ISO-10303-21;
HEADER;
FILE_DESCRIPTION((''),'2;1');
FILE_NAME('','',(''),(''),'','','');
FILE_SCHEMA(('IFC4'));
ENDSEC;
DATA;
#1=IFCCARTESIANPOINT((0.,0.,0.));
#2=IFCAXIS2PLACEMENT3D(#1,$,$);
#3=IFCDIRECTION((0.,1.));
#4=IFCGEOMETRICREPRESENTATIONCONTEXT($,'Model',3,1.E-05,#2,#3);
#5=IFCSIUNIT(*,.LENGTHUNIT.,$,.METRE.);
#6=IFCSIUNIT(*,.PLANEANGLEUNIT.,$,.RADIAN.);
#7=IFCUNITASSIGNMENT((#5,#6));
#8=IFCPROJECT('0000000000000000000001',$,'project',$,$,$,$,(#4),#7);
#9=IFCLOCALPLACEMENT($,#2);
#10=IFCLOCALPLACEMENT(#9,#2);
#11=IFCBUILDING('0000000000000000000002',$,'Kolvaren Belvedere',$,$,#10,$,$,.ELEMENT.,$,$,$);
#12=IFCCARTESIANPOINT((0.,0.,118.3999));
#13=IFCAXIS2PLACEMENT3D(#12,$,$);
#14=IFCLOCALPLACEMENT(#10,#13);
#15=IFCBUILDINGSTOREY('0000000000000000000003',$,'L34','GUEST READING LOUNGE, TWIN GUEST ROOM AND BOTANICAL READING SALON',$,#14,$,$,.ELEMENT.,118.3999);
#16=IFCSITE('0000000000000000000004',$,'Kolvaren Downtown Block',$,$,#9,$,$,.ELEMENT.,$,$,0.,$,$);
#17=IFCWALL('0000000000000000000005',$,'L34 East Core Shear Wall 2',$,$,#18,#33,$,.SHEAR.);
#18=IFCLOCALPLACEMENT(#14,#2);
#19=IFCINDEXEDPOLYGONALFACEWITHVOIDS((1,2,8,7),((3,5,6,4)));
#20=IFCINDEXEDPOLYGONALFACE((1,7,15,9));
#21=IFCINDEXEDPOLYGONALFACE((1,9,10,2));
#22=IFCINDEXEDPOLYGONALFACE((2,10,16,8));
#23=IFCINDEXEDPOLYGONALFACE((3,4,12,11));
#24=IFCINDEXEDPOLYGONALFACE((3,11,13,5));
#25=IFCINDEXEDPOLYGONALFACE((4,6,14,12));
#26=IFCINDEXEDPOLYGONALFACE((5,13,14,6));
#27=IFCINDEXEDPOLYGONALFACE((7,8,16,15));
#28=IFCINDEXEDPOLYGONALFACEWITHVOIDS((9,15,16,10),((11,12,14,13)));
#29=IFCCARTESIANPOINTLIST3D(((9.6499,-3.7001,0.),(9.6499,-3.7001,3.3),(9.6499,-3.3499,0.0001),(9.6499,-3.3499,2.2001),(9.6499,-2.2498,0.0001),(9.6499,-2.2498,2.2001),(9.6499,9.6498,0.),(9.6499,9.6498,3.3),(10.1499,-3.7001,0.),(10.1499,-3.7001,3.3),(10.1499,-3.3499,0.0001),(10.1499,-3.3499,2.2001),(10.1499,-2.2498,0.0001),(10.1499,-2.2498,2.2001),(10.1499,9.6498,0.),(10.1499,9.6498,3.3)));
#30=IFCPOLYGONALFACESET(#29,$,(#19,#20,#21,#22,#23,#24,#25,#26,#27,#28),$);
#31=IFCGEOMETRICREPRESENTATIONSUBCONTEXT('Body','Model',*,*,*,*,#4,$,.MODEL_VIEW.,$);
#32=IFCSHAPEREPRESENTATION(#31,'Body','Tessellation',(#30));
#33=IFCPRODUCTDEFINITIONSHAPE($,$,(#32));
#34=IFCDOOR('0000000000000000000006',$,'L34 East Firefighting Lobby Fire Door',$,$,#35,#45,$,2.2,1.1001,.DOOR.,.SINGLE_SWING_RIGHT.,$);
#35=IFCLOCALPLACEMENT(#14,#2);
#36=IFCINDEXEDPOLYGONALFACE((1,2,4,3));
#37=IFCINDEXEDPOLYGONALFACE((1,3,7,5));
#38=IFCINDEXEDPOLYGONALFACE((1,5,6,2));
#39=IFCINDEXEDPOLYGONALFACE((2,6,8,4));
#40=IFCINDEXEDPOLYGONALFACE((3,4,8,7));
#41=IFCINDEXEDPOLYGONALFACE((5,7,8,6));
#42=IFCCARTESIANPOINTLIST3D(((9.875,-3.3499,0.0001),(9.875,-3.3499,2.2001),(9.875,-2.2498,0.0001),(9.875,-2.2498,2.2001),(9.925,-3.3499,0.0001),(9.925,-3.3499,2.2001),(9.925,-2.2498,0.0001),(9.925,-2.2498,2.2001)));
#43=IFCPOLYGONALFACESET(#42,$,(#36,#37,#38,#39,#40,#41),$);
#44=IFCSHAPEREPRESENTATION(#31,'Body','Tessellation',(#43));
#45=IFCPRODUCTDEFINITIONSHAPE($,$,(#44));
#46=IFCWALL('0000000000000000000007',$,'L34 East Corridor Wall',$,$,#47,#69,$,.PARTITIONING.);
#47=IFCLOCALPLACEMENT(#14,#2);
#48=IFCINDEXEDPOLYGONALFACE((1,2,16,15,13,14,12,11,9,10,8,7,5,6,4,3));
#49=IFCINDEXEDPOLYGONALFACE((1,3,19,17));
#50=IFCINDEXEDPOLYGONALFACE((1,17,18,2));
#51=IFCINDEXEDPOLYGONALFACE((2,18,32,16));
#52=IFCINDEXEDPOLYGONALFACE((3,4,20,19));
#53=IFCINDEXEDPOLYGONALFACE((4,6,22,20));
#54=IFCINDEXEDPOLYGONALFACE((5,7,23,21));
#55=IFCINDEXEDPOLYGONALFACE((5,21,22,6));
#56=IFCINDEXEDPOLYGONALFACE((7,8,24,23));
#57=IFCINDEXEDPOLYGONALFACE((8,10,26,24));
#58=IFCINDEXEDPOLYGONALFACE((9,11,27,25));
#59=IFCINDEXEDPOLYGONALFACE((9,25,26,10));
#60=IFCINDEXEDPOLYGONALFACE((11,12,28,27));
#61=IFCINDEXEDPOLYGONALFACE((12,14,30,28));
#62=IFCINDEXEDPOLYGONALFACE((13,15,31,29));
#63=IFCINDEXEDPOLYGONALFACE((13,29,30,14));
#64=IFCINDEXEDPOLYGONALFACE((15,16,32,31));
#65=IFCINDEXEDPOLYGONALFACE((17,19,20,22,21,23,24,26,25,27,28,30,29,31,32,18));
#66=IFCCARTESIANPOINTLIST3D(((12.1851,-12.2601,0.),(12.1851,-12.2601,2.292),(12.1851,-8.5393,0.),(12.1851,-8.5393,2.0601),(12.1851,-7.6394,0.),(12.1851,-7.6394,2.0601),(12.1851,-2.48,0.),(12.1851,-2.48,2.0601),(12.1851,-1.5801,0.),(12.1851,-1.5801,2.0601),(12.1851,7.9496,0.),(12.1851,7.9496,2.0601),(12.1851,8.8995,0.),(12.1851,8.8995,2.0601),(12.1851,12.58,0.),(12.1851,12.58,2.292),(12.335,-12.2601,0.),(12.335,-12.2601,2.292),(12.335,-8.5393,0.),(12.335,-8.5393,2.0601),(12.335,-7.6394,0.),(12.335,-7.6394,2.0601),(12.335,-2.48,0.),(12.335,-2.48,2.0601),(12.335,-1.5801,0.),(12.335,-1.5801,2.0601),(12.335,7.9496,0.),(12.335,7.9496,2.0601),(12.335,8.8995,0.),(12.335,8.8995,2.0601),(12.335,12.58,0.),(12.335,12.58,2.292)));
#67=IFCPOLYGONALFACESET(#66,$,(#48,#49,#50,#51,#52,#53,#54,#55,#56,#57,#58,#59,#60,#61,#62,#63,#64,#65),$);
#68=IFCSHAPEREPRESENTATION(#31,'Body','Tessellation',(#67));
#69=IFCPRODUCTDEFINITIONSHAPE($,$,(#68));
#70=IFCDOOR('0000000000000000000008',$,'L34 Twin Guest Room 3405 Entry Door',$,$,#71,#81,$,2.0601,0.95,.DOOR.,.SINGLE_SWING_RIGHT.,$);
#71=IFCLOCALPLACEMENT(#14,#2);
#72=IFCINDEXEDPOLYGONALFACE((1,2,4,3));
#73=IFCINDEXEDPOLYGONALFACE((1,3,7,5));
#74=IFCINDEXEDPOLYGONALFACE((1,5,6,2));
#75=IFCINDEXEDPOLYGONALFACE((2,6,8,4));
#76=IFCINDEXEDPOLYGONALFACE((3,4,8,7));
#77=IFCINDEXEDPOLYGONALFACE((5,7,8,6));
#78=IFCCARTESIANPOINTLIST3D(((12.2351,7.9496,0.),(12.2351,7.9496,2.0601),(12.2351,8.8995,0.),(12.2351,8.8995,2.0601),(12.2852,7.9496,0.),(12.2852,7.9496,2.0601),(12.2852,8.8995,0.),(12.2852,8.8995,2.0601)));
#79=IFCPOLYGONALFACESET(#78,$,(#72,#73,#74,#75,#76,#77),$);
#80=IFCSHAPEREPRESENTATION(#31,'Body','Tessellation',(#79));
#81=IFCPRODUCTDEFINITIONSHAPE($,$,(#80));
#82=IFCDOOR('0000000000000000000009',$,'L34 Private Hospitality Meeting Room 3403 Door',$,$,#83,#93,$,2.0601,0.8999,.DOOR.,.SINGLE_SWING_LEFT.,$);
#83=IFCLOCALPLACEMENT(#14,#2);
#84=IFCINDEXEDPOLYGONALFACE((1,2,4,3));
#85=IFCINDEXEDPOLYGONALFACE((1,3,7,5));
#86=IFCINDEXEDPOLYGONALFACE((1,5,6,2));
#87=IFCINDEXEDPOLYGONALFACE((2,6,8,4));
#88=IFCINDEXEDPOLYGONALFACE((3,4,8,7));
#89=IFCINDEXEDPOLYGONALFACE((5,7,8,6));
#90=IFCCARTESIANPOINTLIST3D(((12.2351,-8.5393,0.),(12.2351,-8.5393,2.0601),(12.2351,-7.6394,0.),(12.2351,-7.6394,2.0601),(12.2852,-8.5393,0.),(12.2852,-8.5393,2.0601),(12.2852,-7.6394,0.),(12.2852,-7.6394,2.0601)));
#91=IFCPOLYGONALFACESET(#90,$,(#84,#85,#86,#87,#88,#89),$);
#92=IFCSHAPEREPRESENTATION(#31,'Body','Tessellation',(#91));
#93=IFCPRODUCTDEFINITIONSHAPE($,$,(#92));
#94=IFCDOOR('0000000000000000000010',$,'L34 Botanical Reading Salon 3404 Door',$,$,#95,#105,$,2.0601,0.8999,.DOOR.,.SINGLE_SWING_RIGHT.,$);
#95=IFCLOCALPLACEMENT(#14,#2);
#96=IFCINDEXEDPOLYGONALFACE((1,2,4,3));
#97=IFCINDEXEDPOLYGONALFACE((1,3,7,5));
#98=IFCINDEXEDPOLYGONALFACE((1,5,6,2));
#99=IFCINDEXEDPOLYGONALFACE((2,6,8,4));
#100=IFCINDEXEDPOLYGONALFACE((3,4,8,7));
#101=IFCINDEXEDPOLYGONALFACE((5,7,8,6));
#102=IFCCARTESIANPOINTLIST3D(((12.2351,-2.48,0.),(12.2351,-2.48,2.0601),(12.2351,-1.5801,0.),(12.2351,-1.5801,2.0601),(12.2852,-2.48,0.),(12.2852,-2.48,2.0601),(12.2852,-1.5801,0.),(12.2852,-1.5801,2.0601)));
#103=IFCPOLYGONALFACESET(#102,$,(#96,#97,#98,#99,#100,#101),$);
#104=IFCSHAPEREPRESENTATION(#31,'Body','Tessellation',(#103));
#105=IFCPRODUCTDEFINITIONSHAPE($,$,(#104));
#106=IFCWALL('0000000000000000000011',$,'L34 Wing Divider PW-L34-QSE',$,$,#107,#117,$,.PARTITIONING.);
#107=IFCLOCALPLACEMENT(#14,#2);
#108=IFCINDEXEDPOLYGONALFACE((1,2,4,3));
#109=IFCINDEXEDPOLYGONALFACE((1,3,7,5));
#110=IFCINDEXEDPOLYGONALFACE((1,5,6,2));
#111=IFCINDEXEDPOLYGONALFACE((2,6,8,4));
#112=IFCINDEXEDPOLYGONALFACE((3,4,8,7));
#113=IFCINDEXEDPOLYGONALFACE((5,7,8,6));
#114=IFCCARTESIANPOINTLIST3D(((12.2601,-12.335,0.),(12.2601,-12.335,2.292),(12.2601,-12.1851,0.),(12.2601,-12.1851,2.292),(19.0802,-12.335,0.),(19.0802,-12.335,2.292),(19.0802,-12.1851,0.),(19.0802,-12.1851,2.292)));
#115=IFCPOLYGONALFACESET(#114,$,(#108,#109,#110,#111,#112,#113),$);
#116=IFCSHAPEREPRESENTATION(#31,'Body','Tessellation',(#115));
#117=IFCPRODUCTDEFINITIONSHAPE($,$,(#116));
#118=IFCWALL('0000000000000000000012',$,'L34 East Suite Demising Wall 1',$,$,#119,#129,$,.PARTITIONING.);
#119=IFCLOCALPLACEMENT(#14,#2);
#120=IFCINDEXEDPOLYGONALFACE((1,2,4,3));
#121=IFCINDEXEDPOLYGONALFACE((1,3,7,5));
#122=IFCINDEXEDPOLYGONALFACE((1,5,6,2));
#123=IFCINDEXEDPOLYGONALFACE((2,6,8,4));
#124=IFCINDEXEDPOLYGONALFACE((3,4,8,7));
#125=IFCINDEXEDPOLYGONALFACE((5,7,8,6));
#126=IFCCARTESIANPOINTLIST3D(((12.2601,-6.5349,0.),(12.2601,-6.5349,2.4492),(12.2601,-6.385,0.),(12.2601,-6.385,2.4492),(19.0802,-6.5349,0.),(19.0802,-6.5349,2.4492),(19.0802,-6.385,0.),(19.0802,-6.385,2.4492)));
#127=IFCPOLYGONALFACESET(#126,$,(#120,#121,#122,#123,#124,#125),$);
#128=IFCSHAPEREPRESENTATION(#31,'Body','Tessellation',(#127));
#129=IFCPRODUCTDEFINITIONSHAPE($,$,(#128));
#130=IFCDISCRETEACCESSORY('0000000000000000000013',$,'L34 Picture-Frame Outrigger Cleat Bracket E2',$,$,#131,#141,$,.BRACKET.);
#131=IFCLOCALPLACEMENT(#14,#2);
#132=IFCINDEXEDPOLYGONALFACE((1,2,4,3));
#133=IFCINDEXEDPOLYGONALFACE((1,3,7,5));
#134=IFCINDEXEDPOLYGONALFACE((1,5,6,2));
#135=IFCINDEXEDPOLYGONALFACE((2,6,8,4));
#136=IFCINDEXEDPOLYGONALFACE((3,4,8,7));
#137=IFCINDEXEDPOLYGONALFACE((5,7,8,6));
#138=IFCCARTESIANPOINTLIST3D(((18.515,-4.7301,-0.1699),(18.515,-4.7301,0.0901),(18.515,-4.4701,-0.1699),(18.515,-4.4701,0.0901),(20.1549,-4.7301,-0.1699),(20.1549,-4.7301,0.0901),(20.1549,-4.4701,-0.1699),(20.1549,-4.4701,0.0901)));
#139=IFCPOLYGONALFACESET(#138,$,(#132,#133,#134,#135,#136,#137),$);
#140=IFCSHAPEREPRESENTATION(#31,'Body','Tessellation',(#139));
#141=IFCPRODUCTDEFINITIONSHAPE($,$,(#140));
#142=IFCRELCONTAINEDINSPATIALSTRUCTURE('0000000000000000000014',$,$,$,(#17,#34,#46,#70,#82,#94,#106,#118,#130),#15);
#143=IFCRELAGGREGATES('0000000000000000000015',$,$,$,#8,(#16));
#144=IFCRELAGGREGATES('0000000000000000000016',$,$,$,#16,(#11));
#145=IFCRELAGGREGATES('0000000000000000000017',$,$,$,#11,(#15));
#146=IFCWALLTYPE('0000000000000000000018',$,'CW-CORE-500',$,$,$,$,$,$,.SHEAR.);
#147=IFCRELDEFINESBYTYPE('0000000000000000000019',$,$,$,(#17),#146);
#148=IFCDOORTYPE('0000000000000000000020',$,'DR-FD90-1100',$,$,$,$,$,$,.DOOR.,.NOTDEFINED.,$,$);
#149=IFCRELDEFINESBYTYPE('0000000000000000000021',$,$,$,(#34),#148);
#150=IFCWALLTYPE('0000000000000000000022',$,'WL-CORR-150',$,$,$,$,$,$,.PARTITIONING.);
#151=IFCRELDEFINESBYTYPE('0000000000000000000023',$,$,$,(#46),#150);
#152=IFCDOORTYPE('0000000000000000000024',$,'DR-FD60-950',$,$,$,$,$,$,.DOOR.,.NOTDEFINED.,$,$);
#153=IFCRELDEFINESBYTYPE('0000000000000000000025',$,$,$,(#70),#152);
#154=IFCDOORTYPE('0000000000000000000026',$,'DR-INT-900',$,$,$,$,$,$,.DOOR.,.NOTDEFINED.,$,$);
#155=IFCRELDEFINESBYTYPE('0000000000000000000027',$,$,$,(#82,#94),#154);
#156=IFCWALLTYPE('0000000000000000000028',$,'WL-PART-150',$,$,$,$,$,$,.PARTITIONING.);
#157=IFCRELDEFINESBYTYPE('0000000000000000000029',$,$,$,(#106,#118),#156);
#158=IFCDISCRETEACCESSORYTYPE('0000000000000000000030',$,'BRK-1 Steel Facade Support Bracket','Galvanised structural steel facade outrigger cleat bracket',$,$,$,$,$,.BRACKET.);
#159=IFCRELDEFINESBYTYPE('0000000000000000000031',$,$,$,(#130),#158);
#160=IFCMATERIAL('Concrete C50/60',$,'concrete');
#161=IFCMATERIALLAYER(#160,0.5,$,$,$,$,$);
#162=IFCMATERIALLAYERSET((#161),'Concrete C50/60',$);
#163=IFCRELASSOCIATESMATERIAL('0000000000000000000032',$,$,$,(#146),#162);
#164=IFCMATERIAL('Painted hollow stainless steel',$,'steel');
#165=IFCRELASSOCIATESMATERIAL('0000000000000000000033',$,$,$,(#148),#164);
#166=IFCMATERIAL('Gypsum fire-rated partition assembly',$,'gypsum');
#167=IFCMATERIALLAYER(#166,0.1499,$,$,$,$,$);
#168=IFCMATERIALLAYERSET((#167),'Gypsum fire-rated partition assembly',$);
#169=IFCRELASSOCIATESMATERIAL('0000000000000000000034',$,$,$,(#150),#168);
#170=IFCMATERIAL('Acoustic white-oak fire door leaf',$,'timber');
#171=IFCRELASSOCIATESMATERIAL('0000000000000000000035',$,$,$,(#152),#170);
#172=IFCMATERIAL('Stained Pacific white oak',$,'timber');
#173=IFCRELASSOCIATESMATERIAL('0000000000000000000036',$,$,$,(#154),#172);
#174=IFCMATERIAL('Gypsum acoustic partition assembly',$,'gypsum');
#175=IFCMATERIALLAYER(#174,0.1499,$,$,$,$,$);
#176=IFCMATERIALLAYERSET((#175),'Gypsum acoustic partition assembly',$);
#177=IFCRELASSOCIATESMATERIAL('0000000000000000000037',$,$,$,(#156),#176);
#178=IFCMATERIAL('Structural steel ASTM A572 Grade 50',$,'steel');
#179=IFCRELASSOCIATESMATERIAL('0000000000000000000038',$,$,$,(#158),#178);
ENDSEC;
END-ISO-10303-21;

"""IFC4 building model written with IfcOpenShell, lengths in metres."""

from ifc_helpers import new_model, si_unit, direction, frame, frame_2d, origin, origin_2d, place, context, subcontext, project, spatial, rectangle, extrude, material, layer, layer_set, type_object, element, fill, save


model = new_model("IFC4")

# Units and contexts
model_context = context("Model", 3, precision=1e-05, world=origin(), true_north=direction((0.0, 1.0)))
body_context = subcontext(model_context, "Body", "Model", "MODEL_VIEW")
ifc_project = project(units=[si_unit("LENGTHUNIT", "METRE"), si_unit("PLANEANGLEUNIT", "RADIAN")], contexts=[model_context])

# Site, building, storey
site_placement = place(None, origin())
site = spatial("IfcSite", under=ifc_project, at=site_placement, Name="Kolvaren Downtown Block", CompositionType="ELEMENT", RefElevation=0.0)
building_placement = place(site_placement, origin())
building = spatial("IfcBuilding", under=site, at=building_placement, Name="Kolvaren Belvedere", CompositionType="ELEMENT")
storey_placement = place(building_placement, frame((0.0, 0.0, 118.3999)))
storey = spatial("IfcBuildingStorey", under=building, at=storey_placement, Name="L34", Description="GUEST READING LOUNGE, TWIN GUEST ROOM AND BOTANICAL READING SALON", CompositionType="ELEMENT", Elevation=118.3999)

# Shared definitions
ifc_material_1 = material(Name="Concrete C50/60", Category="concrete")
ifc_layer_1 = layer(ifc_material_1, 0.5)
ifc_layer_set_1 = layer_set([ifc_layer_1], Name="Concrete C50/60")
wall_type_1 = type_object("IfcWallType", Name="CW-CORE-500", PredefinedType="SHEAR", material=ifc_layer_set_1)

# Wall, opening, door
wall_1_placement = place(storey_placement, frame((9.8999, -3.7, 0.0), z_axis=(0.0, 0.0, 1.0), x_axis=(0.0, 1.0, 0.0)))
wall_1 = element("IfcWall", 1, at=wall_1_placement, inside=storey, type_object=wall_type_1, Name="L34 East Core Shear Wall 2", PredefinedType="SHEAR", context=body_context, shape_type="SweptSolid", body=[
    extrude(rectangle(XDim=13.3499, YDim=0.5, at=frame_2d((6.6748, 0.0))), origin(), (0.0, 0.0, 1.0), 3.3),
])
opening_1_placement = place(wall_1_placement, frame((0.3501, 0.0, 0.0)))
opening_1 = element("IfcOpeningElement", 2, at=opening_1_placement, cuts=wall_1, PredefinedType="OPENING", context=body_context, shape_type="SweptSolid", body=[
    extrude(rectangle(XDim=1.1001, YDim=2.2, at=frame_2d((0.55, 1.1001))), frame((0.0, 0.26, 0.0), z_axis=(0.0, -1.0, 0.0), x_axis=(1.0, 0.0, 0.0)), (0.0, 0.0, 1.0), 0.52),
])
ifc_material_2 = material(Name="Painted hollow stainless steel", Category="steel")
door_type_1 = type_object("IfcDoorType", Name="DR-FD90-1100", OperationType="NOTDEFINED", PredefinedType="DOOR", material=ifc_material_2)
door_1_placement = place(opening_1_placement, origin())
door_1 = element("IfcDoor", 3, at=door_1_placement, inside=storey, type_object=door_type_1, Name="L34 East Firefighting Lobby Fire Door", OperationType="SINGLE_SWING_RIGHT", OverallHeight=2.2, OverallWidth=1.1001, PredefinedType="DOOR", context=body_context, shape_type="SweptSolid", body=[
    extrude(rectangle(XDim=1.1001, YDim=2.2, at=frame_2d((0.55, 1.1001))), frame((0.0, 0.0249, 0.0), z_axis=(0.0, -1.0, 0.0), x_axis=(1.0, 0.0, 0.0)), (0.0, 0.0, 1.0), 0.05),
])
fill(opening_1, door_1)

# Wall, openings, doors
ifc_material_3 = material(Name="Gypsum fire-rated partition assembly", Category="gypsum")
ifc_layer_2 = layer(ifc_material_3, 0.1499)
ifc_layer_set_2 = layer_set([ifc_layer_2], Name="Gypsum fire-rated partition assembly")
wall_type_2 = type_object("IfcWallType", Name="WL-CORR-150", PredefinedType="PARTITIONING", material=ifc_layer_set_2)
wall_2_placement = place(storey_placement, frame((12.26, -12.26, 0.0), z_axis=(0.0, 0.0, 1.0), x_axis=(0.0, 1.0, 0.0)))
wall_2 = element("IfcWall", 4, at=wall_2_placement, inside=storey, type_object=wall_type_2, Name="L34 East Corridor Wall", PredefinedType="PARTITIONING", context=body_context, shape_type="SweptSolid", body=[
    extrude(rectangle(XDim=24.8401, YDim=0.1499, at=frame_2d((12.4199, 0.0))), origin(), (0.0, 0.0, 1.0), 2.292),
])
opening_2_placement = place(wall_2_placement, frame((3.7207, 0.0, 0.0)))
opening_2 = element("IfcOpeningElement", 5, at=opening_2_placement, cuts=wall_2, PredefinedType="OPENING", context=body_context, shape_type="SweptSolid", body=[
    extrude(rectangle(XDim=0.8999, YDim=2.0601, at=frame_2d((0.45, 1.03))), frame((0.0, 0.085, 0.0), z_axis=(0.0, -1.0, 0.0), x_axis=(1.0, 0.0, 0.0)), (0.0, 0.0, 1.0), 0.1699),
])
opening_3_placement = place(wall_2_placement, frame((9.78, 0.0, 0.0)))
opening_3 = element("IfcOpeningElement", 6, at=opening_3_placement, cuts=wall_2, PredefinedType="OPENING", context=body_context, shape_type="SweptSolid", body=[
    extrude(rectangle(XDim=0.8999, YDim=2.0601, at=frame_2d((0.45, 1.03))), frame((0.0, 0.085, 0.0), z_axis=(0.0, -1.0, 0.0), x_axis=(1.0, 0.0, 0.0)), (0.0, 0.0, 1.0), 0.1699),
])
opening_4_placement = place(wall_2_placement, frame((20.2095, 0.0, 0.0)))
opening_4 = element("IfcOpeningElement", 7, at=opening_4_placement, cuts=wall_2, PredefinedType="OPENING", context=body_context, shape_type="SweptSolid", body=[
    extrude(rectangle(XDim=0.95, YDim=2.0601, at=frame_2d((0.4751, 1.03))), frame((0.0, 0.085, 0.0), z_axis=(0.0, -1.0, 0.0), x_axis=(1.0, 0.0, 0.0)), (0.0, 0.0, 1.0), 0.1699),
])
ifc_material_4 = material(Name="Acoustic white-oak fire door leaf", Category="timber")
door_type_2 = type_object("IfcDoorType", Name="DR-FD60-950", OperationType="NOTDEFINED", PredefinedType="DOOR", material=ifc_material_4)
door_2_placement = place(opening_4_placement, origin())
door_2 = element("IfcDoor", 8, at=door_2_placement, inside=storey, type_object=door_type_2, Name="L34 Twin Guest Room 3405 Entry Door", OperationType="SINGLE_SWING_RIGHT", OverallHeight=2.0601, OverallWidth=0.95, PredefinedType="DOOR", context=body_context, shape_type="SweptSolid", body=[
    extrude(rectangle(XDim=0.95, YDim=2.0601, at=frame_2d((0.4751, 1.03))), frame((0.0, 0.0249, 0.0), z_axis=(0.0, -1.0, 0.0), x_axis=(1.0, 0.0, 0.0)), (0.0, 0.0, 1.0), 0.05),
])
fill(opening_4, door_2)
ifc_material_5 = material(Name="Stained Pacific white oak", Category="timber")
door_type_3 = type_object("IfcDoorType", Name="DR-INT-900", OperationType="NOTDEFINED", PredefinedType="DOOR", material=ifc_material_5)
door_3_placement = place(opening_2_placement, origin())
door_3 = element("IfcDoor", 9, at=door_3_placement, inside=storey, type_object=door_type_3, Name="L34 Private Hospitality Meeting Room 3403 Door", OperationType="SINGLE_SWING_LEFT", OverallHeight=2.0601, OverallWidth=0.8999, PredefinedType="DOOR", context=body_context, shape_type="SweptSolid", body=[
    extrude(rectangle(XDim=0.8999, YDim=2.0601, at=frame_2d((0.45, 1.03))), frame((0.0, 0.0249, 0.0), z_axis=(0.0, -1.0, 0.0), x_axis=(1.0, 0.0, 0.0)), (0.0, 0.0, 1.0), 0.05),
])
fill(opening_2, door_3)
door_4_placement = place(opening_3_placement, origin())
door_4 = element("IfcDoor", 10, at=door_4_placement, inside=storey, type_object=door_type_3, Name="L34 Botanical Reading Salon 3404 Door", OperationType="SINGLE_SWING_RIGHT", OverallHeight=2.0601, OverallWidth=0.8999, PredefinedType="DOOR", context=body_context, shape_type="SweptSolid", body=[
    extrude(rectangle(XDim=0.8999, YDim=2.0601, at=frame_2d((0.45, 1.03))), frame((0.0, 0.0249, 0.0), z_axis=(0.0, -1.0, 0.0), x_axis=(1.0, 0.0, 0.0)), (0.0, 0.0, 1.0), 0.05),
])
fill(opening_3, door_4)

# Walls
ifc_material_6 = material(Name="Gypsum acoustic partition assembly", Category="gypsum")
ifc_layer_3 = layer(ifc_material_6, 0.1499)
ifc_layer_set_3 = layer_set([ifc_layer_3], Name="Gypsum acoustic partition assembly")
wall_type_3 = type_object("IfcWallType", Name="WL-PART-150", PredefinedType="PARTITIONING", material=ifc_layer_set_3)
wall_3_placement = place(storey_placement, frame((12.26, -12.26, 0.0), z_axis=(0.0, 0.0, 1.0), x_axis=(1.0, 0.0, 0.0)))
element("IfcWall", 11, at=wall_3_placement, inside=storey, type_object=wall_type_3, Name="L34 Wing Divider PW-L34-QSE", PredefinedType="PARTITIONING", context=body_context, shape_type="SweptSolid", body=[
    extrude(rectangle(XDim=6.8201, YDim=0.1499, at=frame_2d((3.4102, 0.0))), origin(), (0.0, 0.0, 1.0), 2.292),
])
wall_4_placement = place(storey_placement, frame((12.26, -6.46, 0.0), z_axis=(0.0, 0.0, 1.0), x_axis=(1.0, 0.0, 0.0)))
element("IfcWall", 12, at=wall_4_placement, inside=storey, type_object=wall_type_3, Name="L34 East Suite Demising Wall 1", PredefinedType="PARTITIONING", context=body_context, shape_type="SweptSolid", body=[
    extrude(rectangle(XDim=6.8201, YDim=0.1499, at=frame_2d((3.4102, 0.0))), origin(), (0.0, 0.0, 1.0), 2.4492),
])

# Discrete accessory
ifc_material_7 = material(Name="Structural steel ASTM A572 Grade 50", Category="steel")
discrete_accessory_type = type_object("IfcDiscreteAccessoryType", Name="BRK-1 Steel Facade Support Bracket", Description="Galvanised structural steel facade outrigger cleat bracket", PredefinedType="BRACKET", material=ifc_material_7)
discrete_accessory_placement = place(storey_placement, frame((19.335, -4.6001, -0.1699), z_axis=(0.0, 0.0, 1.0), x_axis=(1.0, 0.0, 0.0)))
element("IfcDiscreteAccessory", 13, at=discrete_accessory_placement, inside=storey, type_object=discrete_accessory_type, Name="L34 Picture-Frame Outrigger Cleat Bracket E2", PredefinedType="BRACKET", context=body_context, shape_type="SweptSolid", body=[
    extrude(rectangle(XDim=1.6399, YDim=0.26, at=origin_2d()), origin(), (0.0, 0.0, 1.0), 0.26),
])

save(model, "model.ifc")
